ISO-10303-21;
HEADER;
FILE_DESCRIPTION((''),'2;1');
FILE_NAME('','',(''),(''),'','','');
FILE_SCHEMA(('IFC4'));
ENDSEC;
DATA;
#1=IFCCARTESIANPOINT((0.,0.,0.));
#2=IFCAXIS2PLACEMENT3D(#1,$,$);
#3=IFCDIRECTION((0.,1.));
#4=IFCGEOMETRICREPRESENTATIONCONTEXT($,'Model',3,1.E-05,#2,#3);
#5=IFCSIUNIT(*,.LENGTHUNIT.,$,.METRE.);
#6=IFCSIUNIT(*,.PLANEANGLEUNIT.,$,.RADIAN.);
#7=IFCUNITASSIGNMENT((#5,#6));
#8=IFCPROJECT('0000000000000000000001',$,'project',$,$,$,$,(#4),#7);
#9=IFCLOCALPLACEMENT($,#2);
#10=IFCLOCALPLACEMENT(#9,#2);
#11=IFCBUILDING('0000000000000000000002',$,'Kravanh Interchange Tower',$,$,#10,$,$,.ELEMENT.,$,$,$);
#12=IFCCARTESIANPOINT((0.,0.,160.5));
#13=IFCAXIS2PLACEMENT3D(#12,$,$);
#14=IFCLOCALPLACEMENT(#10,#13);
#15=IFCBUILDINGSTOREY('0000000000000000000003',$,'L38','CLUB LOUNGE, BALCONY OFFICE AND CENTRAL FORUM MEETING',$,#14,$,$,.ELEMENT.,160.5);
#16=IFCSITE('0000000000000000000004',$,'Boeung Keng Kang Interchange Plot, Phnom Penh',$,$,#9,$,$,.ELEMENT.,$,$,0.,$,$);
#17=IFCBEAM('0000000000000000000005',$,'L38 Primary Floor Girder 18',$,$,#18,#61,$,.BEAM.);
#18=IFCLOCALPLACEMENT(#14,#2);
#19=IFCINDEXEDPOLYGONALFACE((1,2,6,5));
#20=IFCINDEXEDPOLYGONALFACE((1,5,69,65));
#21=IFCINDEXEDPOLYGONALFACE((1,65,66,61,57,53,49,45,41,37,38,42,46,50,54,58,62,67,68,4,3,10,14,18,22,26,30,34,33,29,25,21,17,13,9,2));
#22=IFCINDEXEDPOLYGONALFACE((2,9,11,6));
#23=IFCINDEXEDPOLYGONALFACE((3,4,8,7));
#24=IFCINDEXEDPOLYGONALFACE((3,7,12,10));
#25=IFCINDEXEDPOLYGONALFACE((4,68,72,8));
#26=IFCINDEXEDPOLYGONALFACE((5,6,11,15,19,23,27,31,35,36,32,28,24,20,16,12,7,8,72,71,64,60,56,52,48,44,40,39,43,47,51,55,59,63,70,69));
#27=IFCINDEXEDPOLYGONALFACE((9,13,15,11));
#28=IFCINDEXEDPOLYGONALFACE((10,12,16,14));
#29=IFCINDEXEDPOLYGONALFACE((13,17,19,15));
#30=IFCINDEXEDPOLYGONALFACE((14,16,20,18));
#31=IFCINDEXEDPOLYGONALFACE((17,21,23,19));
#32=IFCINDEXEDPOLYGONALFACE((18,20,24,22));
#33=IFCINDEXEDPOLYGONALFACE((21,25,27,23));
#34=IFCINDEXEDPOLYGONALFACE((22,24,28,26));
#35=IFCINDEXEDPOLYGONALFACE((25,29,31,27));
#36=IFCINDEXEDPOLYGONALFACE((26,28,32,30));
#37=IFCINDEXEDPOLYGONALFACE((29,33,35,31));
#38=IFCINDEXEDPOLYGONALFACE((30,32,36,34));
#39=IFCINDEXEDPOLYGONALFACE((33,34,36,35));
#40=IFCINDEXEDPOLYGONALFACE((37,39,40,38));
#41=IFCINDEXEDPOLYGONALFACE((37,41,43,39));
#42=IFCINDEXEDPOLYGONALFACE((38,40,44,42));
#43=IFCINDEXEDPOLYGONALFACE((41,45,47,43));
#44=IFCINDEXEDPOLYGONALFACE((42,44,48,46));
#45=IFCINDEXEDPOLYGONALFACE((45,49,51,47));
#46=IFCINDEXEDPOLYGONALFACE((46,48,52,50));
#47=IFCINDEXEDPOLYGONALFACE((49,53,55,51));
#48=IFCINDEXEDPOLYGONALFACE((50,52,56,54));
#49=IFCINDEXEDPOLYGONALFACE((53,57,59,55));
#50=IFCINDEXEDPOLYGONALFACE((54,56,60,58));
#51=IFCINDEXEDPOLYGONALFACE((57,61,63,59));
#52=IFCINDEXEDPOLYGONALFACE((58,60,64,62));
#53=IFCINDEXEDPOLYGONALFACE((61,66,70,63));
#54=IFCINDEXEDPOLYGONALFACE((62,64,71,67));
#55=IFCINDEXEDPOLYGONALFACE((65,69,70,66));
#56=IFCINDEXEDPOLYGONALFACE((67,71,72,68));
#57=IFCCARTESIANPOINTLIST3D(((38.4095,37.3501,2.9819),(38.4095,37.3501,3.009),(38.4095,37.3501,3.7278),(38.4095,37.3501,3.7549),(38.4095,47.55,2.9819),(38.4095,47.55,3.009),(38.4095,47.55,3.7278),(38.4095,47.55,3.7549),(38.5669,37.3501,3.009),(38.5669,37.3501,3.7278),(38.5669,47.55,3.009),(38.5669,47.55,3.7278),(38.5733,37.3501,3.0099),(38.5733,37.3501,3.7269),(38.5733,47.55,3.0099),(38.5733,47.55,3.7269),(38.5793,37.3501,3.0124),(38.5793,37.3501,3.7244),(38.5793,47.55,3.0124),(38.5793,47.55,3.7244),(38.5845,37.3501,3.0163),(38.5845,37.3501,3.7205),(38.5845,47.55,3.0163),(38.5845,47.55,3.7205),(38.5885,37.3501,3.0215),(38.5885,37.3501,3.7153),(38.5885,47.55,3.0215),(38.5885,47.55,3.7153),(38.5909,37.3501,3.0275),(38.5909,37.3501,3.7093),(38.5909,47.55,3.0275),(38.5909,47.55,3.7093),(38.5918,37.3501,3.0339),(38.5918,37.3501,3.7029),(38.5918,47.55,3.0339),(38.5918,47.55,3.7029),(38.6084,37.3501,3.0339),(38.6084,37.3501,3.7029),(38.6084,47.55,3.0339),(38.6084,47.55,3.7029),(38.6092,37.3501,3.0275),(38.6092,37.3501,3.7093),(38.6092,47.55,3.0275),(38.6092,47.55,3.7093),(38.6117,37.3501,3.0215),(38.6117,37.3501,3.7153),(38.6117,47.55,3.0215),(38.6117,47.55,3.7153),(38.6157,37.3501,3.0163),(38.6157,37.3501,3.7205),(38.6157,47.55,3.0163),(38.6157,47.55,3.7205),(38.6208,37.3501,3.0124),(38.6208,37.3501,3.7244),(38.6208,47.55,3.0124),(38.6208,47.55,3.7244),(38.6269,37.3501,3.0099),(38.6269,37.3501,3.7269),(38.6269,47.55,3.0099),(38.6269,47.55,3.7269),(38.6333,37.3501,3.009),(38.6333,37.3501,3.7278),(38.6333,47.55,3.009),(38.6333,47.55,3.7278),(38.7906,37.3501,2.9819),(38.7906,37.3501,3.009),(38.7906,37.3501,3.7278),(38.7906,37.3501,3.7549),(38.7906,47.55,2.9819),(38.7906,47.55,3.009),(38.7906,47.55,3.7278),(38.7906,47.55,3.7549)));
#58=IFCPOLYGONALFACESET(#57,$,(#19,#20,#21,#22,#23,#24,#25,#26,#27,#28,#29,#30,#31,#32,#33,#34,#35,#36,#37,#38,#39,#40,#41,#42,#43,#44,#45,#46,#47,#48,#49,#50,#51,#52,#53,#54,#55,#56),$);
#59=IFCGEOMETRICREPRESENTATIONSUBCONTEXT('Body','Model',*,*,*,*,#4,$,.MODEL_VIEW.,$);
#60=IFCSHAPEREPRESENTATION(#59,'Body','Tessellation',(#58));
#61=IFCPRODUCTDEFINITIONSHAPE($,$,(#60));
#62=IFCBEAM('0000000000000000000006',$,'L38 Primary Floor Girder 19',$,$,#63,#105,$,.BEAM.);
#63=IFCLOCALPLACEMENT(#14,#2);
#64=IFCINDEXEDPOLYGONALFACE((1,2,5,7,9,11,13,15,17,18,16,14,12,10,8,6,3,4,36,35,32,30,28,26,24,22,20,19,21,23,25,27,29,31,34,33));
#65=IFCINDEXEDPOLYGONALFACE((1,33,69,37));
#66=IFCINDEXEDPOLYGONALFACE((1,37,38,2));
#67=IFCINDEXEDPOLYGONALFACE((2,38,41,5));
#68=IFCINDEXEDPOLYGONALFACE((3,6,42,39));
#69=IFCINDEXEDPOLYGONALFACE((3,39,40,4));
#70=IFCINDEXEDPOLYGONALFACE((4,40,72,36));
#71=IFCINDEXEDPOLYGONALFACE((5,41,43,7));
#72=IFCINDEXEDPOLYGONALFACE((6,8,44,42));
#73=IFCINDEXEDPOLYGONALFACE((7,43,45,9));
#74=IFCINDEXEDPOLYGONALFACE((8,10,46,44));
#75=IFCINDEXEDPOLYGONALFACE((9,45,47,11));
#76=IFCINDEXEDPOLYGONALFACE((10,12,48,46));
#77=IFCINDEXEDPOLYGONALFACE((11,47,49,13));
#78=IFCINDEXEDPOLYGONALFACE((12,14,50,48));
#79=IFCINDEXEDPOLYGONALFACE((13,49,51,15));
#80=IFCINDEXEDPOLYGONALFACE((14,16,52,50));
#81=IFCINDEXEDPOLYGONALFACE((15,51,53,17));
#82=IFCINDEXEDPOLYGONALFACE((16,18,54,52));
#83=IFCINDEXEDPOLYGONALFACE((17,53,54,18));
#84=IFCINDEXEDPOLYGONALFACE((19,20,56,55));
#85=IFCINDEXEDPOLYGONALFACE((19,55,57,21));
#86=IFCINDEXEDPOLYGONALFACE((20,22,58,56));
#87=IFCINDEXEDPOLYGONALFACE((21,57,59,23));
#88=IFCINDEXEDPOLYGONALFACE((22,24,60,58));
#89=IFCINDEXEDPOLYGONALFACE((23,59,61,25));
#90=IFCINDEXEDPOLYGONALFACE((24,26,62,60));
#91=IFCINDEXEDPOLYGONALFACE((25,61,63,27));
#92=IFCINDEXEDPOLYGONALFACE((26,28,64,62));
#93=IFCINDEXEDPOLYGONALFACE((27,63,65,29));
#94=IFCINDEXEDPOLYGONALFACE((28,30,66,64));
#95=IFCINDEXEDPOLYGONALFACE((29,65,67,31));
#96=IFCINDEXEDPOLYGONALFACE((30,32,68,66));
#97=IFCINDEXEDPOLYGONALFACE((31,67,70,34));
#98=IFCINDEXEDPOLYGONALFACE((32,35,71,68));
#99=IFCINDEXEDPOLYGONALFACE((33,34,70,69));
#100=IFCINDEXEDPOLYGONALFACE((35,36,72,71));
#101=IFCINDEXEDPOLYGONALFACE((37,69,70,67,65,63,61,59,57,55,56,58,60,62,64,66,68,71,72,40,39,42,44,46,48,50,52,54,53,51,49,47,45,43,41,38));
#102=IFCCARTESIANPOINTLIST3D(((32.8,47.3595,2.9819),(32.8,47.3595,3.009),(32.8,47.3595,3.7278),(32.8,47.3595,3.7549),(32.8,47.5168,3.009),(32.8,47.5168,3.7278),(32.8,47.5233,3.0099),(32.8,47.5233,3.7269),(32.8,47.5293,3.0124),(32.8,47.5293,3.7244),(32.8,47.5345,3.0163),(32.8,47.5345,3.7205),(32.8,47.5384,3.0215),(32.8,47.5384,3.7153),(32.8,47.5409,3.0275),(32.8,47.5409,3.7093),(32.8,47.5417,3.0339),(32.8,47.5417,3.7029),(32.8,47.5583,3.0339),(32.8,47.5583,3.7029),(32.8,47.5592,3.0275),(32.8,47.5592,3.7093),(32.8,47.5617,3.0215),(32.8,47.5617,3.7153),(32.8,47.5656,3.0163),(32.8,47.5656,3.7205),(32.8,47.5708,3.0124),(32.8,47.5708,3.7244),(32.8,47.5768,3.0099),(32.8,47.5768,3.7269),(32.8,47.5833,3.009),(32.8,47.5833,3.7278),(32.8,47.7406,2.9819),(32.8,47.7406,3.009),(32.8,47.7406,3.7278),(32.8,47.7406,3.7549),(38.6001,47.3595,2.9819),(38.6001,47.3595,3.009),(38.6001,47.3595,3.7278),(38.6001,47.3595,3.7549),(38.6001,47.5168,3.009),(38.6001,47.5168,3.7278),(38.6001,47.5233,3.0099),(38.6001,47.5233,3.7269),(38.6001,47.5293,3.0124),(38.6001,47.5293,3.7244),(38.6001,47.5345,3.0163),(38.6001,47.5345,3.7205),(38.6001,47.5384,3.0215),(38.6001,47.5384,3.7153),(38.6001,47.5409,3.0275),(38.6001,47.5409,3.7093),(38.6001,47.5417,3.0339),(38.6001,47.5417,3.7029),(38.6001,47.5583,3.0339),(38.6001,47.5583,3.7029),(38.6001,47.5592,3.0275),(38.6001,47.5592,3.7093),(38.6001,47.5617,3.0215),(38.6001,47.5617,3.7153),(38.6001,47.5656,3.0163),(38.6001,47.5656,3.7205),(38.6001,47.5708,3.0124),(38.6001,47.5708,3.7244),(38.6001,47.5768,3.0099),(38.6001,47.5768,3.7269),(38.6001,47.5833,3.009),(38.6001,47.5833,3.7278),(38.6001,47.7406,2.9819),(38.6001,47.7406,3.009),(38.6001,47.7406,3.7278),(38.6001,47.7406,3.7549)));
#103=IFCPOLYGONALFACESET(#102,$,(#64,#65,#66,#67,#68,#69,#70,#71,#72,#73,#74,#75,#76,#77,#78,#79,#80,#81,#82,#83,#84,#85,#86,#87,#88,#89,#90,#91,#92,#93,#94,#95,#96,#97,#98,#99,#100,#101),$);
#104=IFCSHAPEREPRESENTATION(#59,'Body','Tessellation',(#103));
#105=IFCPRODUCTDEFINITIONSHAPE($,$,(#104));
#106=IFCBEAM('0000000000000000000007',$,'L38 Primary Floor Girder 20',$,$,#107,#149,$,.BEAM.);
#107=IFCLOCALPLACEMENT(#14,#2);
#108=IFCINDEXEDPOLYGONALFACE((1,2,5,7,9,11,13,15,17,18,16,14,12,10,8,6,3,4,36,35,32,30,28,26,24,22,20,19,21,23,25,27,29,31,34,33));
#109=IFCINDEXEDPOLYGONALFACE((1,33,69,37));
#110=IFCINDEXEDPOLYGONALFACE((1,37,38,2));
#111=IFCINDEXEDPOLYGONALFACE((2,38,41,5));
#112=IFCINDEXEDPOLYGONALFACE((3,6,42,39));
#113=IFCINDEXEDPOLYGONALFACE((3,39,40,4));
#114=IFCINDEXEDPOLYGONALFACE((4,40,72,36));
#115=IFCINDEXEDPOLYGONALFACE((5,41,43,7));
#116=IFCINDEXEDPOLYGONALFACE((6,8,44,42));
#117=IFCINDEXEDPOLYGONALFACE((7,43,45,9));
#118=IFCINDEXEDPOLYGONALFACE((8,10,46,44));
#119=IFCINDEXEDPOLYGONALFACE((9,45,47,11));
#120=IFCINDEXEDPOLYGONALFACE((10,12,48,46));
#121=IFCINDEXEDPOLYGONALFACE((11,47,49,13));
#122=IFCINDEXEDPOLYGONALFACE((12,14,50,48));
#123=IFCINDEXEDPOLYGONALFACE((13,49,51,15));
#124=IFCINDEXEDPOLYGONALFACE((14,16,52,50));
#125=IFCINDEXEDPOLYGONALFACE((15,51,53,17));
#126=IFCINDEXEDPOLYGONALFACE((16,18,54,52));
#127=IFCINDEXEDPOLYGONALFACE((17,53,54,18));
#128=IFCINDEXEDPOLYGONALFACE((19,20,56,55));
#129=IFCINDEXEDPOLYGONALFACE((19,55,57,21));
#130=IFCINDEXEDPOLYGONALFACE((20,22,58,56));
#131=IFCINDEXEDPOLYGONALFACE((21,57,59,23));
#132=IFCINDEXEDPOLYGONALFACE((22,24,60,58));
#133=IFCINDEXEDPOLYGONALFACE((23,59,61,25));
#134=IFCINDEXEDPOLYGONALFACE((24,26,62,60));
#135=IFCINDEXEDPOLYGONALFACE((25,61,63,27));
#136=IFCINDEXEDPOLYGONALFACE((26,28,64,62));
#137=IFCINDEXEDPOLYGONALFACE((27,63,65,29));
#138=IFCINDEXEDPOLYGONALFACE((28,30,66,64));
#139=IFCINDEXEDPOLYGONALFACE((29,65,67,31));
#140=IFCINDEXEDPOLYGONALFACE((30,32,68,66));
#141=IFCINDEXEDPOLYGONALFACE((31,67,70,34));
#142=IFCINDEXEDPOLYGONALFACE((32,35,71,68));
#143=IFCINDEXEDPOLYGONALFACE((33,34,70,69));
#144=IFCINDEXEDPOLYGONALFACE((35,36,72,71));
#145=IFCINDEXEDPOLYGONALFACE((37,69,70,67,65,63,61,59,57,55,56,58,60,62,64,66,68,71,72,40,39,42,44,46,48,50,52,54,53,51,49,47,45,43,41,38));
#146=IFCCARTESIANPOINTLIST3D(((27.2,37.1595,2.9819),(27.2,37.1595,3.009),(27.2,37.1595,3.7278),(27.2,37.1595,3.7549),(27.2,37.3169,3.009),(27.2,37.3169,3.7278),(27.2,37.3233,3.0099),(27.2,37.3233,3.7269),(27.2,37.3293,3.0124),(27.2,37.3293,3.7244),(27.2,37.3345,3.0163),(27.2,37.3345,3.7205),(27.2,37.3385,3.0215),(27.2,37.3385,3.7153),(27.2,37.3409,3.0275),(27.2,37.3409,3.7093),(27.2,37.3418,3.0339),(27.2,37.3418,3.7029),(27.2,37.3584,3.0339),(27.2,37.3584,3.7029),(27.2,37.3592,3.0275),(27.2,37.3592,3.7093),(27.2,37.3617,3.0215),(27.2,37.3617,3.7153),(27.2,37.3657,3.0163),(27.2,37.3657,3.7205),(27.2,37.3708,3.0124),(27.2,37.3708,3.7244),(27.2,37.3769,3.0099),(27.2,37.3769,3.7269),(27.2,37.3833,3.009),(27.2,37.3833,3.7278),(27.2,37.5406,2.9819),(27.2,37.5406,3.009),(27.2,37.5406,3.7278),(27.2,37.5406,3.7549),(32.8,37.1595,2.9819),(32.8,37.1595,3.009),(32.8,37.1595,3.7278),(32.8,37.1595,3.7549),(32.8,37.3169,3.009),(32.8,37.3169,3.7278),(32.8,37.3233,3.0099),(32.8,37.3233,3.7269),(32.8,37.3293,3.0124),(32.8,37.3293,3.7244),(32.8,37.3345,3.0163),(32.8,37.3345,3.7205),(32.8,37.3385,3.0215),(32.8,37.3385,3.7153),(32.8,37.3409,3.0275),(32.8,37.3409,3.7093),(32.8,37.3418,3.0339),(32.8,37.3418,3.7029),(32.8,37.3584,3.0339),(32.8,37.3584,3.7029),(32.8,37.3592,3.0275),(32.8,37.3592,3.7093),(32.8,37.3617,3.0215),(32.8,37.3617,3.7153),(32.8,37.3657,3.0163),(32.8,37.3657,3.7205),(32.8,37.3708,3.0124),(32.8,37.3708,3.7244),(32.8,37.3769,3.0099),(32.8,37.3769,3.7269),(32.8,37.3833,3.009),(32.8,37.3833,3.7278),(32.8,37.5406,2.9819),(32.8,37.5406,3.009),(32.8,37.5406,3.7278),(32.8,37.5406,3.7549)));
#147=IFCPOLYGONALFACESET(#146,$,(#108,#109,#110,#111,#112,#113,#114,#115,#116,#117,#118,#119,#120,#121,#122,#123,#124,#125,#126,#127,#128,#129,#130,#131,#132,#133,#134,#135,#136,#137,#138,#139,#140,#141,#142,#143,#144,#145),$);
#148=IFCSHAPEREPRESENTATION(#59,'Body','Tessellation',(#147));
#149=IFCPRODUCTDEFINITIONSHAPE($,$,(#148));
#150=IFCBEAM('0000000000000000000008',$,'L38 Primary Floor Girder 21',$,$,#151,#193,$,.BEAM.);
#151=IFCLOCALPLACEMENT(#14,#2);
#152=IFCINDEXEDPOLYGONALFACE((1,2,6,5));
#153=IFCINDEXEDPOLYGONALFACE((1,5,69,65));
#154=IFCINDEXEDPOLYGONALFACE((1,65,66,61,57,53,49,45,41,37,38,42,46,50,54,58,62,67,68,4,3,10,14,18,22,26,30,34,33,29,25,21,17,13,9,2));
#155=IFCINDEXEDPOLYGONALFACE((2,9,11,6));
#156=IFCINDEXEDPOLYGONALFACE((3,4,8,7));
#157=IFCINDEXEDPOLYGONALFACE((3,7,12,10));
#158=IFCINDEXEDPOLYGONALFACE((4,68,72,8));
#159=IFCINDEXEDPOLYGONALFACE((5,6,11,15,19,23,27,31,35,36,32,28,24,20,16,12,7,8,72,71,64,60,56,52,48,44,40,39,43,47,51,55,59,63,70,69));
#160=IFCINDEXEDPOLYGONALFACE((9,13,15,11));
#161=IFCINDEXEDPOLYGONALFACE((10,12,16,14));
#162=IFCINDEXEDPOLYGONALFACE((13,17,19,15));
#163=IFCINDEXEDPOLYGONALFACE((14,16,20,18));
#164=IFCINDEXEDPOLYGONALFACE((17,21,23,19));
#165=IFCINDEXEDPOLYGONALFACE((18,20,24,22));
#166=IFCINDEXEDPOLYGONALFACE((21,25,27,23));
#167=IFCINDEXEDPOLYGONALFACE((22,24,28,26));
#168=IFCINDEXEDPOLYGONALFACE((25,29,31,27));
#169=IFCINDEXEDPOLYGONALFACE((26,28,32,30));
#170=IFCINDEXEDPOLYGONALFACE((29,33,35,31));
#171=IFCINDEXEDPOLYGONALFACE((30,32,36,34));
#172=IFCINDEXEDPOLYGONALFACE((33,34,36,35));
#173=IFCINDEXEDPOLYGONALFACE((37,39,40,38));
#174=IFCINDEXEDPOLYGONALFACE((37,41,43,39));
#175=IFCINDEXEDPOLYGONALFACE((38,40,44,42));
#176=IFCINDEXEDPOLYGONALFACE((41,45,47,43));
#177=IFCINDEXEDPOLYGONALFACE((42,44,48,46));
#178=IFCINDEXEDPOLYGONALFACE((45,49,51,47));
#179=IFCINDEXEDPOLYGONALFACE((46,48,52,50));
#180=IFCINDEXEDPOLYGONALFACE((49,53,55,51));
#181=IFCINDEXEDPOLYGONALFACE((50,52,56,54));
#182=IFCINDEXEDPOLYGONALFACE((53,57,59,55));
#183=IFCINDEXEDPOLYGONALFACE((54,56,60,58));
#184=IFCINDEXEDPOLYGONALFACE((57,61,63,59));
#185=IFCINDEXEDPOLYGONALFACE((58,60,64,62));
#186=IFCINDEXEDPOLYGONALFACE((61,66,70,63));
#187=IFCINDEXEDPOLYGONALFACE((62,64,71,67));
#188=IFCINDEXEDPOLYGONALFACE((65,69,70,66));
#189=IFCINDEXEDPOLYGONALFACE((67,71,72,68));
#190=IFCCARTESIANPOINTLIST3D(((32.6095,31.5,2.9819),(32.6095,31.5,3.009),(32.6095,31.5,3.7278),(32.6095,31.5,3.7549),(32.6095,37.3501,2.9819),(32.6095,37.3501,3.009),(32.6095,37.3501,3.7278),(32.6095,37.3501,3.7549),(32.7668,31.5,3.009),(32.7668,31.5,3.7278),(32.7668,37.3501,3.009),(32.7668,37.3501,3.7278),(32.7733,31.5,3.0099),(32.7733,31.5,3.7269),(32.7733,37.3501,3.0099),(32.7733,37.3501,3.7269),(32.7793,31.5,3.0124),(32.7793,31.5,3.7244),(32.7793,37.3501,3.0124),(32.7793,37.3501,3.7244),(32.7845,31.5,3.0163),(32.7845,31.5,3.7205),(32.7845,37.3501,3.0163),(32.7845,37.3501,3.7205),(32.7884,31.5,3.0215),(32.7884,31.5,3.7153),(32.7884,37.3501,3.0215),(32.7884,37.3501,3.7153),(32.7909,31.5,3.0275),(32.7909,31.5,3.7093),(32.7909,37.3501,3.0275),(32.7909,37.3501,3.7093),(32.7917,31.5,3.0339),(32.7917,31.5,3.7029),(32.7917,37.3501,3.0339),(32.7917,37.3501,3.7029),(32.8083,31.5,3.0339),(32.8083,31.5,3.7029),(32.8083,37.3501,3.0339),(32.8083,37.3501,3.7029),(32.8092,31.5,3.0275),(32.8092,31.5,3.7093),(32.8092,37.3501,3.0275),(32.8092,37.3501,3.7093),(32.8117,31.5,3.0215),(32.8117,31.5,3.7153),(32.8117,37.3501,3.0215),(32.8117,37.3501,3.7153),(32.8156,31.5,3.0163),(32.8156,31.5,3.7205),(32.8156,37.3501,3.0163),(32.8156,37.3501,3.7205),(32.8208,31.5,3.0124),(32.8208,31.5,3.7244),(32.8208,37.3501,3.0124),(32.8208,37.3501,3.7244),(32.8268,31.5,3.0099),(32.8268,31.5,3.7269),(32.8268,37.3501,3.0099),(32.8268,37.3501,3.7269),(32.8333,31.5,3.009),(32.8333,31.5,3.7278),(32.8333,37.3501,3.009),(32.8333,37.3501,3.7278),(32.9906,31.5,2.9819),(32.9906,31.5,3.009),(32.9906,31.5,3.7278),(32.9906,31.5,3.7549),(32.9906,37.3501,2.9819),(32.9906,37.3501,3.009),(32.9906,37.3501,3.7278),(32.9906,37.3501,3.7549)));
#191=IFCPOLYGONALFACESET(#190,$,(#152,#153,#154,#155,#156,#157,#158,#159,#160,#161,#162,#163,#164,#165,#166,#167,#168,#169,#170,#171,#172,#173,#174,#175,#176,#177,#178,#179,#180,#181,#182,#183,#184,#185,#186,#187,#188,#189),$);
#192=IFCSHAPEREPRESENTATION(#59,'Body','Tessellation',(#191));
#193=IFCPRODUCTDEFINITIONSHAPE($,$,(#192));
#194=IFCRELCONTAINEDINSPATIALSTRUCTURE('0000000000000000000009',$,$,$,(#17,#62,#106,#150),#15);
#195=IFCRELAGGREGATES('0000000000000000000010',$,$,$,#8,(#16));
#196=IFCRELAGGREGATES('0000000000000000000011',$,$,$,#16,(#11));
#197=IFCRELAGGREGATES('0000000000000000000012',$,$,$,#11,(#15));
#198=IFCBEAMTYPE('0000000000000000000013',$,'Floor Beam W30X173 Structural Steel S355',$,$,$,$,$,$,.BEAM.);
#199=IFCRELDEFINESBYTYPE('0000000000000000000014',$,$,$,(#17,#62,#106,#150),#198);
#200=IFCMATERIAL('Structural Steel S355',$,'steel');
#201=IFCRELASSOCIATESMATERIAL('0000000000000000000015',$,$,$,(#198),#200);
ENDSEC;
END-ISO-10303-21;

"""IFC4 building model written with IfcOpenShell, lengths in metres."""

from ifc_helpers import new_model, si_unit, direction, frame, origin, origin_2d, place, context, subcontext, project, spatial, i_section, extrude, material, material_profile, profile_set, type_object, element, save


model = new_model("IFC4")

# Units and contexts
model_context = context("Model", 3, precision=1e-05, world=origin(), true_north=direction((0.0, 1.0)))
body_context = subcontext(model_context, "Body", "Model", "MODEL_VIEW")
ifc_project = project(units=[si_unit("LENGTHUNIT", "METRE"), si_unit("PLANEANGLEUNIT", "RADIAN")], contexts=[model_context])

# Site, building, storey
site_placement = place(None, origin())
site = spatial("IfcSite", under=ifc_project, at=site_placement, Name="Boeung Keng Kang Interchange Plot, Phnom Penh", CompositionType="ELEMENT", RefElevation=0.0)
building_placement = place(site_placement, origin())
building = spatial("IfcBuilding", under=site, at=building_placement, Name="Kravanh Interchange Tower", CompositionType="ELEMENT")
storey_placement = place(building_placement, frame((0.0, 0.0, 160.5)))
storey = spatial("IfcBuildingStorey", under=building, at=storey_placement, Name="L38", Description="CLUB LOUNGE, BALCONY OFFICE AND CENTRAL FORUM MEETING", CompositionType="ELEMENT", Elevation=160.5)

# Beams
ifc_material_1 = material(Name="Structural Steel S355", Category="steel")
ifc_material_profile_1 = material_profile(ifc_material_1, i_section(OverallWidth=0.3811, OverallDepth=0.7729, WebThickness=0.0166, FlangeThickness=0.0271, FilletRadius=0.0249, at=origin_2d()), Name="W30X173")
ifc_profile_set_1 = profile_set([ifc_material_profile_1], Name="Structural Steel S355")
beam_type = type_object("IfcBeamType", Name="Floor Beam W30X173 Structural Steel S355", PredefinedType="BEAM", material=ifc_profile_set_1)
beam_1_placement = place(storey_placement, frame((38.6001, 37.3501, 3.3684), z_axis=(0.0, 1.0, 0.0), x_axis=(-1.0, 0.0, 0.0)))
element("IfcBeam", 1, at=beam_1_placement, inside=storey, type_object=beam_type, Name="L38 Primary Floor Girder 18", PredefinedType="BEAM", context=body_context, shape_type="SweptSolid", body=[
    extrude(i_section(OverallWidth=0.3811, OverallDepth=0.7729, WebThickness=0.0166, FlangeThickness=0.0271, FilletRadius=0.0249, at=origin_2d()), origin(), (0.0, 0.0, 1.0), 10.2),
])
beam_2_placement = place(storey_placement, frame((38.6001, 47.55, 3.3684), z_axis=(-1.0, 0.0, 0.0), x_axis=(0.0, -1.0, 0.0)))
element("IfcBeam", 2, at=beam_2_placement, inside=storey, type_object=beam_type, Name="L38 Primary Floor Girder 19", PredefinedType="BEAM", context=body_context, shape_type="SweptSolid", body=[
    extrude(i_section(OverallWidth=0.3811, OverallDepth=0.7729, WebThickness=0.0166, FlangeThickness=0.0271, FilletRadius=0.0249, at=origin_2d()), origin(), (0.0, 0.0, 1.0), 5.8),
])
beam_3_placement = place(storey_placement, frame((32.8, 37.3501, 3.3684), z_axis=(-1.0, 0.0, 0.0), x_axis=(0.0, -1.0, 0.0)))
element("IfcBeam", 3, at=beam_3_placement, inside=storey, type_object=beam_type, Name="L38 Primary Floor Girder 20", PredefinedType="BEAM", context=body_context, shape_type="SweptSolid", body=[
    extrude(i_section(OverallWidth=0.3811, OverallDepth=0.7729, WebThickness=0.0166, FlangeThickness=0.0271, FilletRadius=0.0249, at=origin_2d()), origin(), (0.0, 0.0, 1.0), 5.6001),
])
beam_4_placement = place(storey_placement, frame((32.8, 37.3501, 3.3684), z_axis=(0.0, -1.0, 0.0), x_axis=(1.0, 0.0, 0.0)))
element("IfcBeam", 4, at=beam_4_placement, inside=storey, type_object=beam_type, Name="L38 Primary Floor Girder 21", PredefinedType="BEAM", context=body_context, shape_type="SweptSolid", body=[
    extrude(i_section(OverallWidth=0.3811, OverallDepth=0.7729, WebThickness=0.0166, FlangeThickness=0.0271, FilletRadius=0.0249, at=origin_2d()), origin(), (0.0, 0.0, 1.0), 5.8501),
])

save(model, "model.ifc")
